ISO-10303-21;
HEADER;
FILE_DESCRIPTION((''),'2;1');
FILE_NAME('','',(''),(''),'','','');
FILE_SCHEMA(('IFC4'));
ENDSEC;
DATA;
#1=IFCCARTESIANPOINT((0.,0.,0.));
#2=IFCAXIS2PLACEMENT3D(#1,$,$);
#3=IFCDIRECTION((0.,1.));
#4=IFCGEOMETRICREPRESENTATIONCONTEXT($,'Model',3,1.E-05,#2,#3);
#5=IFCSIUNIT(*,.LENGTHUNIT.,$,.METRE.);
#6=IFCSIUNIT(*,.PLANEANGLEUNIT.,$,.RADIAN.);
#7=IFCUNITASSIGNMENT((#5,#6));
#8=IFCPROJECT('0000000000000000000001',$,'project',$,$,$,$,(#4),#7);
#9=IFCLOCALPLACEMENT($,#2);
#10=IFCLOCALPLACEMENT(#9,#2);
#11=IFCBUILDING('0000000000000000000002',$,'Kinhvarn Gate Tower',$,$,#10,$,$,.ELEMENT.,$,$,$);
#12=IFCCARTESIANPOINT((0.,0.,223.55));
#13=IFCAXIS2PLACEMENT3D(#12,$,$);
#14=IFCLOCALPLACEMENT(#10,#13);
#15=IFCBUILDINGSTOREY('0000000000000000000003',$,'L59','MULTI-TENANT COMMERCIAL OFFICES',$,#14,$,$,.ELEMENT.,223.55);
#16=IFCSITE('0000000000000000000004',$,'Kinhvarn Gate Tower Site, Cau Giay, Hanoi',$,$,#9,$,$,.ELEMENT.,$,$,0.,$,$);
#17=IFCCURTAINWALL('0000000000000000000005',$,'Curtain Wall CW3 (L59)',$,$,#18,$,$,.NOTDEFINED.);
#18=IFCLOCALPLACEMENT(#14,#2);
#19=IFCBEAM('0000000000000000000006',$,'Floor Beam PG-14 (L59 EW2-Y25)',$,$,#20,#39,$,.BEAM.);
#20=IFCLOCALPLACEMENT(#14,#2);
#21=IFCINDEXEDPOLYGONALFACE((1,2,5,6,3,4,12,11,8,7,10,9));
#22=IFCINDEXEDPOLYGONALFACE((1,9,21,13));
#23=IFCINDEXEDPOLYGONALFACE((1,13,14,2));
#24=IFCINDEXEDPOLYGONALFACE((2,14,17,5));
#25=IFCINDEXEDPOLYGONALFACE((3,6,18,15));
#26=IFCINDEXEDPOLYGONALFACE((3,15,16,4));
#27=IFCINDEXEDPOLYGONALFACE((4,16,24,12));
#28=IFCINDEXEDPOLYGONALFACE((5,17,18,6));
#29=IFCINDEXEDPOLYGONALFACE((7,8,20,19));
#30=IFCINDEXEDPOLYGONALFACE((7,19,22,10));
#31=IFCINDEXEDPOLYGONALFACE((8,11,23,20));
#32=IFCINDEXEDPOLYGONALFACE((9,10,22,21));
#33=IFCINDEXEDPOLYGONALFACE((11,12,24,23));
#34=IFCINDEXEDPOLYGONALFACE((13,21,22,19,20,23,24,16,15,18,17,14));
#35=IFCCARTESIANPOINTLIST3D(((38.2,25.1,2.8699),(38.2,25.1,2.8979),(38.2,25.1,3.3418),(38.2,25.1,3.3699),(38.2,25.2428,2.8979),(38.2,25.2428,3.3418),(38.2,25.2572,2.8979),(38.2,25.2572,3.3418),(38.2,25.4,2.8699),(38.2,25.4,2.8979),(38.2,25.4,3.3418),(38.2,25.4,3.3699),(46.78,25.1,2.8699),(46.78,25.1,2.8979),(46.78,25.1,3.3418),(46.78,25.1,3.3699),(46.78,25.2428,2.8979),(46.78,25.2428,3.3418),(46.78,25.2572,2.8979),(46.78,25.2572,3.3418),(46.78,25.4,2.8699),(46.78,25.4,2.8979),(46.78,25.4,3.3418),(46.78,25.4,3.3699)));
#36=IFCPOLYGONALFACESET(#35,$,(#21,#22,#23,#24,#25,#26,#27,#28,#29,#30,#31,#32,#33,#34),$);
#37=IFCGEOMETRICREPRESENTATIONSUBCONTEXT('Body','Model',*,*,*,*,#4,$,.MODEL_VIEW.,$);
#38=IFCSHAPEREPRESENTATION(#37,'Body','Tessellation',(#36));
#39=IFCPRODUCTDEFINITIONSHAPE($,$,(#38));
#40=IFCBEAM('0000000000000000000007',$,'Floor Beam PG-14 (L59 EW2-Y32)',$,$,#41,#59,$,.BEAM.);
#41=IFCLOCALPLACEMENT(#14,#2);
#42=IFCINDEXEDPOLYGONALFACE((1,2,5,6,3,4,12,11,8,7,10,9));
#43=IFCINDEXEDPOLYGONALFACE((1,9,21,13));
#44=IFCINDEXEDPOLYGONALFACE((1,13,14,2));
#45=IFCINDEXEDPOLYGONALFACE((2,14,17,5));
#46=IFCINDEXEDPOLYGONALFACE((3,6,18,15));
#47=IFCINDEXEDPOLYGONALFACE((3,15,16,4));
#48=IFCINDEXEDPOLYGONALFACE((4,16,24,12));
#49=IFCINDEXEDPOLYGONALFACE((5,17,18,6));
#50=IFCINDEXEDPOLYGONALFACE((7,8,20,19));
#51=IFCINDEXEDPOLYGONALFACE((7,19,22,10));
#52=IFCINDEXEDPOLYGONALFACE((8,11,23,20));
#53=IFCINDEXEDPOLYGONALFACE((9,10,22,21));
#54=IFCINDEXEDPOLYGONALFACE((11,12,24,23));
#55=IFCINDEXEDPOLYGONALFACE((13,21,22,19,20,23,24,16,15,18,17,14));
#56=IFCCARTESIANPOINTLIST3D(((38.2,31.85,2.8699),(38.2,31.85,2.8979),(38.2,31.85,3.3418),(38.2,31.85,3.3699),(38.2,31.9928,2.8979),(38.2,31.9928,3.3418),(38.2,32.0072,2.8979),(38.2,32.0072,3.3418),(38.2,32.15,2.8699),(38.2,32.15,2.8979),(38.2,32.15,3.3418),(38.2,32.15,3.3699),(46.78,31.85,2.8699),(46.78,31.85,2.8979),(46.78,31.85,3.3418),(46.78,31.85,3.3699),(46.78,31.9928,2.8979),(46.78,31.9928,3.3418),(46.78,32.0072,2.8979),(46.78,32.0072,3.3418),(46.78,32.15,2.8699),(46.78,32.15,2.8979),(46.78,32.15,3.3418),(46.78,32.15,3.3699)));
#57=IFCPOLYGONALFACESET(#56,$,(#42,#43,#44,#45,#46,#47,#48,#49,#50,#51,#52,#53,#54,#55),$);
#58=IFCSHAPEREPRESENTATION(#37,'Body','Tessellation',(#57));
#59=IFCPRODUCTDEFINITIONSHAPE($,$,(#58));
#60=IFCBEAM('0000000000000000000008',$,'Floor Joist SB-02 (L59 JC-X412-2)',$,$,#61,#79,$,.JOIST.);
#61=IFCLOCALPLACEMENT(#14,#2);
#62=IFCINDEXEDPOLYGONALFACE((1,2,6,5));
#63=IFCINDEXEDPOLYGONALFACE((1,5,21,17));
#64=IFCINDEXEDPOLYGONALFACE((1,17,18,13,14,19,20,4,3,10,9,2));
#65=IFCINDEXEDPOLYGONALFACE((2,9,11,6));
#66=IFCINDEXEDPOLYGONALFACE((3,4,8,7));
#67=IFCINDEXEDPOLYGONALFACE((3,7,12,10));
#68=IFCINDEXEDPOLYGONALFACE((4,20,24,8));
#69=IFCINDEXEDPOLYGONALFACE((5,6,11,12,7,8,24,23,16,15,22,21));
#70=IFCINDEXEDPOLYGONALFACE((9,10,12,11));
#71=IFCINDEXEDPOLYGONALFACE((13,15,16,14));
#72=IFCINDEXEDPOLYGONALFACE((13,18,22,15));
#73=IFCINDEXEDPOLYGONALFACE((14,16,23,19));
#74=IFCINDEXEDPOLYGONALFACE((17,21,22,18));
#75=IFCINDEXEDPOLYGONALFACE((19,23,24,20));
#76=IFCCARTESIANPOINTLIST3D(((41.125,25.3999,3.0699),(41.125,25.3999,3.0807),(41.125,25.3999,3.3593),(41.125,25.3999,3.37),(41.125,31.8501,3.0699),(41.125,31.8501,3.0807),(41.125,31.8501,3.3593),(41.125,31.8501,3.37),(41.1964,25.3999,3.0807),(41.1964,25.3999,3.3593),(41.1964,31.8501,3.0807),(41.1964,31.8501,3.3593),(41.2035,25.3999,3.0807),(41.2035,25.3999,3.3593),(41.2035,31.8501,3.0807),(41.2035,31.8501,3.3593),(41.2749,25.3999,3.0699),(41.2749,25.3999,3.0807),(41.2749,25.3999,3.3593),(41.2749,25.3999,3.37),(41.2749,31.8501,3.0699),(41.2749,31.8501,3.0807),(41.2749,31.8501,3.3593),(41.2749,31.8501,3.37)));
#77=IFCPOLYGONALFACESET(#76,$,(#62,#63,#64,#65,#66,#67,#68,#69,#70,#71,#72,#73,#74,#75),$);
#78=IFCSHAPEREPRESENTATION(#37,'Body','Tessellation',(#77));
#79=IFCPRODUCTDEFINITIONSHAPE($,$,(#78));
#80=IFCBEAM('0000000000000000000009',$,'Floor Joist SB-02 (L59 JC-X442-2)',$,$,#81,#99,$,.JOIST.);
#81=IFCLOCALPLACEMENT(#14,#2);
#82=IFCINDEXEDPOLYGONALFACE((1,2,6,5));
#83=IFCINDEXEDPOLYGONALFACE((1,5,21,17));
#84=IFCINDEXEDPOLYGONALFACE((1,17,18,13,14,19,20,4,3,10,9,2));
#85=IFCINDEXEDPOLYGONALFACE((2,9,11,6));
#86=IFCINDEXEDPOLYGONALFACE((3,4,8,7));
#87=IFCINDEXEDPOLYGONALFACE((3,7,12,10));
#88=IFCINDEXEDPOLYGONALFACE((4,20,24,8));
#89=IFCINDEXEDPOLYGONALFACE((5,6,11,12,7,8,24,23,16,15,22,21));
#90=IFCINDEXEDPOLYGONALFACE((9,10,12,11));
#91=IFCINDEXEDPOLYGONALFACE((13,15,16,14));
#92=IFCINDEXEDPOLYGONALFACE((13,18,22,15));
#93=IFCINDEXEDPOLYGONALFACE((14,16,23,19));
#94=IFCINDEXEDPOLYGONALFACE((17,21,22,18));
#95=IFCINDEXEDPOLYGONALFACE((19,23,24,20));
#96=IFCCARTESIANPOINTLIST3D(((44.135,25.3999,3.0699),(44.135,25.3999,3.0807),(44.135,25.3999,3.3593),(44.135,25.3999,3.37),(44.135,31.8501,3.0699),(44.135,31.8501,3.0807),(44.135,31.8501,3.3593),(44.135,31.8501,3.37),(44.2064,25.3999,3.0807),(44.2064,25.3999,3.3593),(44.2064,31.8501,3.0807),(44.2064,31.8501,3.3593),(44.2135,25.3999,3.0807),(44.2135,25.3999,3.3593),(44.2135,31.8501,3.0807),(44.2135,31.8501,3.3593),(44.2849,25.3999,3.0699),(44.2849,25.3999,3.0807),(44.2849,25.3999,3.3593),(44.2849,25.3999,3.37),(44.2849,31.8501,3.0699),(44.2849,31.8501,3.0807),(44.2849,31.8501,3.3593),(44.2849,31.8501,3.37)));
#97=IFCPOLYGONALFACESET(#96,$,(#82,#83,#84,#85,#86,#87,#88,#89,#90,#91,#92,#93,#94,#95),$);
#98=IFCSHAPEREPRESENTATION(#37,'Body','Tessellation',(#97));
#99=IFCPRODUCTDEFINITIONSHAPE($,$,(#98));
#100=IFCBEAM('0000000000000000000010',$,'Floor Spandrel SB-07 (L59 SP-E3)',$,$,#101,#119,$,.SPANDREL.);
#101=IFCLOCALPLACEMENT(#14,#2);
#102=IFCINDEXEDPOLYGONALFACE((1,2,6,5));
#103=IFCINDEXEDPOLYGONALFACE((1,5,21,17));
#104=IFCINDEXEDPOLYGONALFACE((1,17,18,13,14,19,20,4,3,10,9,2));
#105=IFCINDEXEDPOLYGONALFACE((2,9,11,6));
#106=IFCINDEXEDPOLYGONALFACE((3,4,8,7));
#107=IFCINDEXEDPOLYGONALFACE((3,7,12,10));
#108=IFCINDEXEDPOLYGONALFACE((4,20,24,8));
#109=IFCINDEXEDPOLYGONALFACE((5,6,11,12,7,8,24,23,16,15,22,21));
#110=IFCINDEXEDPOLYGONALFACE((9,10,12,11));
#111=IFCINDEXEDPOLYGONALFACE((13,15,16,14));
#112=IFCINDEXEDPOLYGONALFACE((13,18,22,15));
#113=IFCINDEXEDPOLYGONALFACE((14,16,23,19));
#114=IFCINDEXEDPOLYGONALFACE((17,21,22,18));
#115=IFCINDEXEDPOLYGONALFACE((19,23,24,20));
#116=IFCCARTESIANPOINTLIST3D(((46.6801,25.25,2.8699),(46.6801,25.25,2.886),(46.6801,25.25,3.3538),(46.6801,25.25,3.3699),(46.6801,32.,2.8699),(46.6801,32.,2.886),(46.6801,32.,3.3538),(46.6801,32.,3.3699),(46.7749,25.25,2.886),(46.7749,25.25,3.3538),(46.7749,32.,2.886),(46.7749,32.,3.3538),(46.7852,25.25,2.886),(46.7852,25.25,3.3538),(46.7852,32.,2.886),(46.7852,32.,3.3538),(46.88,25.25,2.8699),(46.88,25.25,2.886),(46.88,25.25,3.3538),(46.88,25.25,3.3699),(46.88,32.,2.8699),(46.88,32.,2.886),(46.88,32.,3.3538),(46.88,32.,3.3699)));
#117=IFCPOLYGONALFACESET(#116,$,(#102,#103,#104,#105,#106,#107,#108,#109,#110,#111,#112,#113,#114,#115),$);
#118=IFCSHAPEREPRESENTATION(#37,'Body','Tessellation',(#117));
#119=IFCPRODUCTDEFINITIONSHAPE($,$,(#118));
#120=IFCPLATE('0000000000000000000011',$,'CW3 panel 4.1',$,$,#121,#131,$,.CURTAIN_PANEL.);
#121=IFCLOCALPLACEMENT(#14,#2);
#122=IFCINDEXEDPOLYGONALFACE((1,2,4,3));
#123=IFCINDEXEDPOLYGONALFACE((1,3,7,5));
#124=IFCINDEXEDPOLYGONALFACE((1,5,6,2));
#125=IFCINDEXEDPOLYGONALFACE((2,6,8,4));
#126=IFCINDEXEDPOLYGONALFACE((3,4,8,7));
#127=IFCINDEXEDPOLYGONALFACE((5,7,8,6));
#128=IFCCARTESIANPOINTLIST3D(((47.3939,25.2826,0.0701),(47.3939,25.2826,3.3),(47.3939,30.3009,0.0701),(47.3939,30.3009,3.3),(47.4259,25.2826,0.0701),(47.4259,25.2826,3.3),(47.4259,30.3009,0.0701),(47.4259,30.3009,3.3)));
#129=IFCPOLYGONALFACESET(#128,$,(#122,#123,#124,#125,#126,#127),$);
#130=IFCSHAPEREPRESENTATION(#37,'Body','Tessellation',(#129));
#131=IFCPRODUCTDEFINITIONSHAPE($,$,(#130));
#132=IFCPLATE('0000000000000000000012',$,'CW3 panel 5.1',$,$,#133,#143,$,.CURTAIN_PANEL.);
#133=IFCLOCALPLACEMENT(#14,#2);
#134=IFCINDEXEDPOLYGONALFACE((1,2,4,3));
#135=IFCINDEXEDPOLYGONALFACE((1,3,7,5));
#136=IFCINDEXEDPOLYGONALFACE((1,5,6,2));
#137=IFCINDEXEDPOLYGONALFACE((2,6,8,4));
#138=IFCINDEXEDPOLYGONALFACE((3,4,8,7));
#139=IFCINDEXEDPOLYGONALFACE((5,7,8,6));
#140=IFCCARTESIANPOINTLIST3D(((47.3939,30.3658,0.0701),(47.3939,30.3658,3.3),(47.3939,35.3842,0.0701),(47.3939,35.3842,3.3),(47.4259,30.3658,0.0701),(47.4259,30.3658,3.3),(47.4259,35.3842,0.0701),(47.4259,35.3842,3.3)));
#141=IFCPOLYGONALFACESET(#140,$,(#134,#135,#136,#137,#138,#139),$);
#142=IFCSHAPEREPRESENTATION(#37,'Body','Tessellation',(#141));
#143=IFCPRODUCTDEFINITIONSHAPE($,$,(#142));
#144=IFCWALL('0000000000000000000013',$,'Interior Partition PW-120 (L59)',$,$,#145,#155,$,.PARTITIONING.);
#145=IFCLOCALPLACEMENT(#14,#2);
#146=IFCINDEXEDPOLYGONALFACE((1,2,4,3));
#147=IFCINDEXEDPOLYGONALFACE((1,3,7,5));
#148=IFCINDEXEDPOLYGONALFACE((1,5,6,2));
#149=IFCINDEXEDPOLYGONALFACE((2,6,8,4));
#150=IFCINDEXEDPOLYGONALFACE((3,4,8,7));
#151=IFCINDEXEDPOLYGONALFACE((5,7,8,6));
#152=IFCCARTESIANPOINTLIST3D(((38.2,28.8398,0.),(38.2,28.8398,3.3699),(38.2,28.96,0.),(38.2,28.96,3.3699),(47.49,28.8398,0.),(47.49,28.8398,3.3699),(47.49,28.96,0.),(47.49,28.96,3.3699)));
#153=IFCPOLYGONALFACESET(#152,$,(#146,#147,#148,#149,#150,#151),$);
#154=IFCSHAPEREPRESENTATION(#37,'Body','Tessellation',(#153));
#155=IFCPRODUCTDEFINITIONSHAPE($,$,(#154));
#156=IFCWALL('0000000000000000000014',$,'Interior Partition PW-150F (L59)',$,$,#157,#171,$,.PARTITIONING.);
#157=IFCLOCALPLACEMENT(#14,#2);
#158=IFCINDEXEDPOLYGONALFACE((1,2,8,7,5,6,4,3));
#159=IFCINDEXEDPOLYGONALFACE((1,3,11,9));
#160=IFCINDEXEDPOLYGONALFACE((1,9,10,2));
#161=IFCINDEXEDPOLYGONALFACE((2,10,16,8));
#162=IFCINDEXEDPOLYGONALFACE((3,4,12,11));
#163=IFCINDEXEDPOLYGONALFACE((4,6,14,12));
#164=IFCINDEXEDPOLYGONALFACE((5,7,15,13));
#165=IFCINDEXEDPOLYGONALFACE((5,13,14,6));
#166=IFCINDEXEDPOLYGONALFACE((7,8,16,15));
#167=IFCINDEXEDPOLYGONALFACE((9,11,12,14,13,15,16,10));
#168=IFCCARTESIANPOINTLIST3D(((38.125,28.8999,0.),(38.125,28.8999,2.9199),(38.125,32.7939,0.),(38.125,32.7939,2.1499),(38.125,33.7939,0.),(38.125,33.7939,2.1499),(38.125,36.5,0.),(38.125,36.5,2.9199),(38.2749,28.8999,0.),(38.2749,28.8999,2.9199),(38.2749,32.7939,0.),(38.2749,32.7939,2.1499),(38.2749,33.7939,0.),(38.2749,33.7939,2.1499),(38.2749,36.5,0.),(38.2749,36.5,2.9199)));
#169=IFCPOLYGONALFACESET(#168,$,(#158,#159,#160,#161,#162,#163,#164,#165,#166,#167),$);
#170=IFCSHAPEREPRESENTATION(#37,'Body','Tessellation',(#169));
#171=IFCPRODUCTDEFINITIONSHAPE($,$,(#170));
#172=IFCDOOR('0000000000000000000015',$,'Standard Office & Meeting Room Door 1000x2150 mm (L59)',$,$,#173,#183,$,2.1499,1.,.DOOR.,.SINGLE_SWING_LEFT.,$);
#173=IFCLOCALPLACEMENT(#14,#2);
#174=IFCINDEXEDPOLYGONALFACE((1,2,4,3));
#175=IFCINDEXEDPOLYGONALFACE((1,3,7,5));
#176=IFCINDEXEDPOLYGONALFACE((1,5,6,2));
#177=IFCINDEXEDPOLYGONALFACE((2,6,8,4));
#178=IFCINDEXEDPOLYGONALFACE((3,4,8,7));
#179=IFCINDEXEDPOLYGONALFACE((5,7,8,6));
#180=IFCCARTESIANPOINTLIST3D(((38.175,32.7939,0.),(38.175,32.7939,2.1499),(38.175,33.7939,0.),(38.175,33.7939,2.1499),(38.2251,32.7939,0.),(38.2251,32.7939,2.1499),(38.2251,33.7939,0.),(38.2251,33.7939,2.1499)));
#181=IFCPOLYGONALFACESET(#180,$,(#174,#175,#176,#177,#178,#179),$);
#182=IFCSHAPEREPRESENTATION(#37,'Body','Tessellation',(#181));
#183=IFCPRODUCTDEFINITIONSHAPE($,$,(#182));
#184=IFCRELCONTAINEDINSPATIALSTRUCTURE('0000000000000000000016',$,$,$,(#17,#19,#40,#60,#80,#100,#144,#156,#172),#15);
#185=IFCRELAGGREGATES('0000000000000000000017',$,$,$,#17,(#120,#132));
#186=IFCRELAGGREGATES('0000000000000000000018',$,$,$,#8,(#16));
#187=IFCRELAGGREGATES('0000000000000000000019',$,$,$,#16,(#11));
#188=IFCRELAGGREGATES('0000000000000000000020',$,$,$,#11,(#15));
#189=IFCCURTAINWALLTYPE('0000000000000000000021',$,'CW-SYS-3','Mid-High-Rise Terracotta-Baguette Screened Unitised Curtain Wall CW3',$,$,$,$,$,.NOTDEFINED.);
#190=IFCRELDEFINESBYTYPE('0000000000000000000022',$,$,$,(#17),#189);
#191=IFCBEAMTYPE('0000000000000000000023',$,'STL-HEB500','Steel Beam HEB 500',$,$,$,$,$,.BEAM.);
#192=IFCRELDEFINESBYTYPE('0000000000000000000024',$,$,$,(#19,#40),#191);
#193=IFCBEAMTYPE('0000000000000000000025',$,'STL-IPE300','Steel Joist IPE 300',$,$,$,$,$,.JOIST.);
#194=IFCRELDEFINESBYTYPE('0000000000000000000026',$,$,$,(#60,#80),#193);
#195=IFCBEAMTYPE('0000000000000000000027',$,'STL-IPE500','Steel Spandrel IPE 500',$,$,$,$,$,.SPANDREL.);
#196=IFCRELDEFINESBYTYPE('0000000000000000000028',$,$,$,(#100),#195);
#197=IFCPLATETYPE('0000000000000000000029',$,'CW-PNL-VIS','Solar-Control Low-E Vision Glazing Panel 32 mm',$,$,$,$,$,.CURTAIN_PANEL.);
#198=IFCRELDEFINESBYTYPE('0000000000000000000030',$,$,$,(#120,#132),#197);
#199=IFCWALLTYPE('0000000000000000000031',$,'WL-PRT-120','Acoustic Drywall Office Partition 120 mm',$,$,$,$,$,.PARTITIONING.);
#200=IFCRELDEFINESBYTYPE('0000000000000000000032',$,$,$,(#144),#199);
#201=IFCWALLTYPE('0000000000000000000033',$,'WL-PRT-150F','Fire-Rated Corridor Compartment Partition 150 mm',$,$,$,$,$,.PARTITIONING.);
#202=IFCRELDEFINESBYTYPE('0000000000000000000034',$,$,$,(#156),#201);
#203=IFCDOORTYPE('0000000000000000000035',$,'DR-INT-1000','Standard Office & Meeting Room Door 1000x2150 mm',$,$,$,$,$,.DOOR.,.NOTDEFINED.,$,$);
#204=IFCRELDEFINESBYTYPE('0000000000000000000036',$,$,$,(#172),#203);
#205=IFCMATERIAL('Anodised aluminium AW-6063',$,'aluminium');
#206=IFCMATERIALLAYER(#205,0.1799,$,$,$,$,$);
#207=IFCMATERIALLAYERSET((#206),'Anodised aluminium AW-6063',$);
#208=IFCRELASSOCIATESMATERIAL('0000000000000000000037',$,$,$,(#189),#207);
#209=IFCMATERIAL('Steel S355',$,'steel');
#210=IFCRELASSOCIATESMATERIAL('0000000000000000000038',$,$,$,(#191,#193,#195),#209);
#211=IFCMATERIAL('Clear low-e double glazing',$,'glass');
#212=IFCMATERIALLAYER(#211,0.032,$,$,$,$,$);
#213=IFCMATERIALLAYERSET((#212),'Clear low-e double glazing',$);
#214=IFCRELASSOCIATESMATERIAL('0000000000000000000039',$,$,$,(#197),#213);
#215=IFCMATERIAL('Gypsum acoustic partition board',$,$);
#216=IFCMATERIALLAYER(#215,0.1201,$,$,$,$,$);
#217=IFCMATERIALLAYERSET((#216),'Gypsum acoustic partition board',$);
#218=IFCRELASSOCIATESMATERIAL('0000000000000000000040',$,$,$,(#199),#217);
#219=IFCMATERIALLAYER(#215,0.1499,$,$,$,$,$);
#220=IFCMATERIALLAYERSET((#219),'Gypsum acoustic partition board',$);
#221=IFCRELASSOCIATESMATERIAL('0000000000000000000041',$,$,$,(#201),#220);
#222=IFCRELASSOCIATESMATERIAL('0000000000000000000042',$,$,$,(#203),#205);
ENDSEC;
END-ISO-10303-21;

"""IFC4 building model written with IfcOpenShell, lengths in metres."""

from ifc_helpers import new_model, si_unit, direction, frame, frame_2d, origin, origin_2d, place, context, subcontext, project, spatial, rectangle, i_section, extrude, material, layer, layer_set, material_profile, profile_set, type_object, element, fill, aggregate, save


model = new_model("IFC4")

# Units and contexts
model_context = context("Model", 3, precision=1e-05, world=origin(), true_north=direction((0.0, 1.0)))
body_context = subcontext(model_context, "Body", "Model", "MODEL_VIEW")
ifc_project = project(units=[si_unit("LENGTHUNIT", "METRE"), si_unit("PLANEANGLEUNIT", "RADIAN")], contexts=[model_context])

# Site, building, storey
site_placement = place(None, origin())
site = spatial("IfcSite", under=ifc_project, at=site_placement, Name="Kinhvarn Gate Tower Site, Cau Giay, Hanoi", CompositionType="ELEMENT", RefElevation=0.0)
building_placement = place(site_placement, origin())
building = spatial("IfcBuilding", under=site, at=building_placement, Name="Kinhvarn Gate Tower", CompositionType="ELEMENT")
storey_placement = place(building_placement, frame((0.0, 0.0, 223.55)))
storey = spatial("IfcBuildingStorey", under=building, at=storey_placement, Name="L59", Description="MULTI-TENANT COMMERCIAL OFFICES", CompositionType="ELEMENT", Elevation=223.55)

# Curtain wall
ifc_material_1 = material(Name="Anodised aluminium AW-6063", Category="aluminium")
ifc_layer_1 = layer(ifc_material_1, 0.1799)
ifc_layer_set_1 = layer_set([ifc_layer_1], Name="Anodised aluminium AW-6063")
curtain_wall_type = type_object("IfcCurtainWallType", Name="CW-SYS-3", Description="Mid-High-Rise Terracotta-Baguette Screened Unitised Curtain Wall CW3", PredefinedType="NOTDEFINED", material=ifc_layer_set_1)
curtain_wall_placement = place(storey_placement, origin())
curtain_wall = element("IfcCurtainWall", 1, at=curtain_wall_placement, inside=storey, type_object=curtain_wall_type, Name="Curtain Wall CW3 (L59)", PredefinedType="NOTDEFINED")

# Beams
ifc_material_2 = material(Name="Steel S355", Category="steel")
ifc_material_profile_1 = material_profile(ifc_material_2, i_section(OverallWidth=0.3, OverallDepth=0.5, WebThickness=0.0144, FlangeThickness=0.0281, at=origin_2d()), Name="HEB 500")
ifc_profile_set_1 = profile_set([ifc_material_profile_1], Name="Steel S355")
beam_type_1 = type_object("IfcBeamType", Name="STL-HEB500", Description="Steel Beam HEB 500", PredefinedType="BEAM", material=ifc_profile_set_1)
for number, where, z_axis, x_axis, name in (
    (2, (38.2, 25.25, 3.1199), (1.0, 0.0, 0.0), (0.0, 1.0, 0.0), "Floor Beam PG-14 (L59 EW2-Y25)"),
    (3, (38.2, 32.0, 3.1199), (1.0, 0.0, 0.0), (0.0, 1.0, 0.0), "Floor Beam PG-14 (L59 EW2-Y32)"),
):
    element("IfcBeam", number, at=place(storey_placement, frame(where, z_axis=z_axis, x_axis=x_axis)), inside=storey, type_object=beam_type_1, Name=name, PredefinedType="BEAM", context=body_context, shape_type="SweptSolid", body=[
        extrude(i_section(OverallWidth=0.3, OverallDepth=0.5, WebThickness=0.0144, FlangeThickness=0.0281, at=origin_2d()), origin(), (0.0, 0.0, 1.0), 8.5801),
    ])
ifc_material_profile_2 = material_profile(ifc_material_2, i_section(OverallWidth=0.1499, OverallDepth=0.3, WebThickness=0.0071, FlangeThickness=0.0107, at=origin_2d()), Name="IPE 300")
ifc_profile_set_2 = profile_set([ifc_material_profile_2], Name="Steel S355")
beam_type_2 = type_object("IfcBeamType", Name="STL-IPE300", Description="Steel Joist IPE 300", PredefinedType="JOIST", material=ifc_profile_set_2)
for number, where, z_axis, x_axis, name in (
    (4, (41.2, 25.3999, 3.22), (0.0, 1.0, 0.0), (-1.0, 0.0, 0.0), "Floor Joist SB-02 (L59 JC-X412-2)"),
    (5, (44.21, 25.3999, 3.22), (0.0, 1.0, 0.0), (-1.0, 0.0, 0.0), "Floor Joist SB-02 (L59 JC-X442-2)"),
):
    element("IfcBeam", number, at=place(storey_placement, frame(where, z_axis=z_axis, x_axis=x_axis)), inside=storey, type_object=beam_type_2, Name=name, PredefinedType="JOIST", context=body_context, shape_type="SweptSolid", body=[
        extrude(i_section(OverallWidth=0.1499, OverallDepth=0.3, WebThickness=0.0071, FlangeThickness=0.0107, at=origin_2d()), origin(), (0.0, 0.0, 1.0), 6.4502),
    ])
ifc_material_profile_3 = material_profile(ifc_material_2, i_section(OverallWidth=0.2, OverallDepth=0.5, WebThickness=0.0103, FlangeThickness=0.0161, at=origin_2d()), Name="IPE 500")
ifc_profile_set_3 = profile_set([ifc_material_profile_3], Name="Steel S355")
beam_type_3 = type_object("IfcBeamType", Name="STL-IPE500", Description="Steel Spandrel IPE 500", PredefinedType="SPANDREL", material=ifc_profile_set_3)
beam_1_placement = place(storey_placement, frame((46.78, 25.25, 3.1199), z_axis=(0.0, 1.0, 0.0), x_axis=(-1.0, 0.0, 0.0)))
element("IfcBeam", 6, at=beam_1_placement, inside=storey, type_object=beam_type_3, Name="Floor Spandrel SB-07 (L59 SP-E3)", PredefinedType="SPANDREL", context=body_context, shape_type="SweptSolid", body=[
    extrude(i_section(OverallWidth=0.2, OverallDepth=0.5, WebThickness=0.0103, FlangeThickness=0.0161, at=origin_2d()), origin(), (0.0, 0.0, 1.0), 6.75),
])

# Plates
ifc_material_3 = material(Name="Clear low-e double glazing", Category="glass")
ifc_layer_2 = layer(ifc_material_3, 0.032)
ifc_layer_set_2 = layer_set([ifc_layer_2], Name="Clear low-e double glazing")
plate_type = type_object("IfcPlateType", Name="CW-PNL-VIS", Description="Solar-Control Low-E Vision Glazing Panel 32 mm", PredefinedType="CURTAIN_PANEL", material=ifc_layer_set_2)
plate_1_placement = place(storey_placement, frame((47.4099, 27.7917, 0.0701), z_axis=(0.0, 0.0, 1.0), x_axis=(0.0, 1.0, 0.0)))
plate_1 = element("IfcPlate", 7, at=plate_1_placement, type_object=plate_type, Name="CW3 panel 4.1", PredefinedType="CURTAIN_PANEL", context=body_context, shape_type="SweptSolid", body=[
    extrude(rectangle(XDim=5.0183, YDim=0.032, at=origin_2d()), origin(), (0.0, 0.0, 1.0), 3.23),
])
plate_2_placement = place(storey_placement, frame((47.4099, 32.875, 0.0701), z_axis=(0.0, 0.0, 1.0), x_axis=(0.0, 1.0, 0.0)))
plate_2 = element("IfcPlate", 8, at=plate_2_placement, type_object=plate_type, Name="CW3 panel 5.1", PredefinedType="CURTAIN_PANEL", context=body_context, shape_type="SweptSolid", body=[
    extrude(rectangle(XDim=5.0183, YDim=0.032, at=origin_2d()), origin(), (0.0, 0.0, 1.0), 3.23),
])
aggregate(curtain_wall, [plate_1, plate_2])

# Wall
ifc_material_4 = material(Name="Gypsum acoustic partition board")
ifc_layer_3 = layer(ifc_material_4, 0.1201)
ifc_layer_set_3 = layer_set([ifc_layer_3], Name="Gypsum acoustic partition board")
wall_type_1 = type_object("IfcWallType", Name="WL-PRT-120", Description="Acoustic Drywall Office Partition 120 mm", PredefinedType="PARTITIONING", material=ifc_layer_set_3)
wall_1_placement = place(storey_placement, frame((38.2, 28.8999, 0.0), z_axis=(0.0, 0.0, 1.0), x_axis=(1.0, 0.0, 0.0)))
element("IfcWall", 9, at=wall_1_placement, inside=storey, type_object=wall_type_1, Name="Interior Partition PW-120 (L59)", PredefinedType="PARTITIONING", context=body_context, shape_type="SweptSolid", body=[
    extrude(rectangle(XDim=9.29, YDim=0.1201, at=frame_2d((4.645, 0.0))), origin(), (0.0, 0.0, 1.0), 3.3699),
])

# Wall, opening, door
ifc_layer_4 = layer(ifc_material_4, 0.1499)
ifc_layer_set_4 = layer_set([ifc_layer_4], Name="Gypsum acoustic partition board")
wall_type_2 = type_object("IfcWallType", Name="WL-PRT-150F", Description="Fire-Rated Corridor Compartment Partition 150 mm", PredefinedType="PARTITIONING", material=ifc_layer_set_4)
wall_2_placement = place(storey_placement, frame((38.2, 28.8999, 0.0), z_axis=(0.0, 0.0, 1.0), x_axis=(0.0, 1.0, 0.0)))
wall_2 = element("IfcWall", 10, at=wall_2_placement, inside=storey, type_object=wall_type_2, Name="Interior Partition PW-150F (L59)", PredefinedType="PARTITIONING", context=body_context, shape_type="SweptSolid", body=[
    extrude(rectangle(XDim=7.6001, YDim=0.1499, at=frame_2d((3.8, 0.0))), origin(), (0.0, 0.0, 1.0), 2.9199),
])
opening_placement = place(wall_2_placement, frame((3.894, 0.0, 0.0)))
opening = element("IfcOpeningElement", 11, at=opening_placement, cuts=wall_2, PredefinedType="OPENING", context=body_context, shape_type="SweptSolid", body=[
    extrude(rectangle(XDim=1.0, YDim=2.1499, at=frame_2d((0.5, 1.075))), frame((0.0, 0.085, 0.0), z_axis=(0.0, -1.0, 0.0), x_axis=(1.0, 0.0, 0.0)), (0.0, 0.0, 1.0), 0.1699),
])
door_type = type_object("IfcDoorType", Name="DR-INT-1000", Description="Standard Office & Meeting Room Door 1000x2150 mm", OperationType="NOTDEFINED", PredefinedType="DOOR", material=ifc_material_1)
door_placement = place(opening_placement, origin())
door = element("IfcDoor", 12, at=door_placement, inside=storey, type_object=door_type, Name="Standard Office & Meeting Room Door 1000x2150 mm (L59)", OperationType="SINGLE_SWING_LEFT", OverallHeight=2.1499, OverallWidth=1.0, PredefinedType="DOOR", context=body_context, shape_type="SweptSolid", body=[
    extrude(rectangle(XDim=1.0, YDim=2.1499, at=frame_2d((0.5, 1.075))), frame((0.0, 0.0249, 0.0), z_axis=(0.0, -1.0, 0.0), x_axis=(1.0, 0.0, 0.0)), (0.0, 0.0, 1.0), 0.05),
])
fill(opening, door)

save(model, "model.ifc")
